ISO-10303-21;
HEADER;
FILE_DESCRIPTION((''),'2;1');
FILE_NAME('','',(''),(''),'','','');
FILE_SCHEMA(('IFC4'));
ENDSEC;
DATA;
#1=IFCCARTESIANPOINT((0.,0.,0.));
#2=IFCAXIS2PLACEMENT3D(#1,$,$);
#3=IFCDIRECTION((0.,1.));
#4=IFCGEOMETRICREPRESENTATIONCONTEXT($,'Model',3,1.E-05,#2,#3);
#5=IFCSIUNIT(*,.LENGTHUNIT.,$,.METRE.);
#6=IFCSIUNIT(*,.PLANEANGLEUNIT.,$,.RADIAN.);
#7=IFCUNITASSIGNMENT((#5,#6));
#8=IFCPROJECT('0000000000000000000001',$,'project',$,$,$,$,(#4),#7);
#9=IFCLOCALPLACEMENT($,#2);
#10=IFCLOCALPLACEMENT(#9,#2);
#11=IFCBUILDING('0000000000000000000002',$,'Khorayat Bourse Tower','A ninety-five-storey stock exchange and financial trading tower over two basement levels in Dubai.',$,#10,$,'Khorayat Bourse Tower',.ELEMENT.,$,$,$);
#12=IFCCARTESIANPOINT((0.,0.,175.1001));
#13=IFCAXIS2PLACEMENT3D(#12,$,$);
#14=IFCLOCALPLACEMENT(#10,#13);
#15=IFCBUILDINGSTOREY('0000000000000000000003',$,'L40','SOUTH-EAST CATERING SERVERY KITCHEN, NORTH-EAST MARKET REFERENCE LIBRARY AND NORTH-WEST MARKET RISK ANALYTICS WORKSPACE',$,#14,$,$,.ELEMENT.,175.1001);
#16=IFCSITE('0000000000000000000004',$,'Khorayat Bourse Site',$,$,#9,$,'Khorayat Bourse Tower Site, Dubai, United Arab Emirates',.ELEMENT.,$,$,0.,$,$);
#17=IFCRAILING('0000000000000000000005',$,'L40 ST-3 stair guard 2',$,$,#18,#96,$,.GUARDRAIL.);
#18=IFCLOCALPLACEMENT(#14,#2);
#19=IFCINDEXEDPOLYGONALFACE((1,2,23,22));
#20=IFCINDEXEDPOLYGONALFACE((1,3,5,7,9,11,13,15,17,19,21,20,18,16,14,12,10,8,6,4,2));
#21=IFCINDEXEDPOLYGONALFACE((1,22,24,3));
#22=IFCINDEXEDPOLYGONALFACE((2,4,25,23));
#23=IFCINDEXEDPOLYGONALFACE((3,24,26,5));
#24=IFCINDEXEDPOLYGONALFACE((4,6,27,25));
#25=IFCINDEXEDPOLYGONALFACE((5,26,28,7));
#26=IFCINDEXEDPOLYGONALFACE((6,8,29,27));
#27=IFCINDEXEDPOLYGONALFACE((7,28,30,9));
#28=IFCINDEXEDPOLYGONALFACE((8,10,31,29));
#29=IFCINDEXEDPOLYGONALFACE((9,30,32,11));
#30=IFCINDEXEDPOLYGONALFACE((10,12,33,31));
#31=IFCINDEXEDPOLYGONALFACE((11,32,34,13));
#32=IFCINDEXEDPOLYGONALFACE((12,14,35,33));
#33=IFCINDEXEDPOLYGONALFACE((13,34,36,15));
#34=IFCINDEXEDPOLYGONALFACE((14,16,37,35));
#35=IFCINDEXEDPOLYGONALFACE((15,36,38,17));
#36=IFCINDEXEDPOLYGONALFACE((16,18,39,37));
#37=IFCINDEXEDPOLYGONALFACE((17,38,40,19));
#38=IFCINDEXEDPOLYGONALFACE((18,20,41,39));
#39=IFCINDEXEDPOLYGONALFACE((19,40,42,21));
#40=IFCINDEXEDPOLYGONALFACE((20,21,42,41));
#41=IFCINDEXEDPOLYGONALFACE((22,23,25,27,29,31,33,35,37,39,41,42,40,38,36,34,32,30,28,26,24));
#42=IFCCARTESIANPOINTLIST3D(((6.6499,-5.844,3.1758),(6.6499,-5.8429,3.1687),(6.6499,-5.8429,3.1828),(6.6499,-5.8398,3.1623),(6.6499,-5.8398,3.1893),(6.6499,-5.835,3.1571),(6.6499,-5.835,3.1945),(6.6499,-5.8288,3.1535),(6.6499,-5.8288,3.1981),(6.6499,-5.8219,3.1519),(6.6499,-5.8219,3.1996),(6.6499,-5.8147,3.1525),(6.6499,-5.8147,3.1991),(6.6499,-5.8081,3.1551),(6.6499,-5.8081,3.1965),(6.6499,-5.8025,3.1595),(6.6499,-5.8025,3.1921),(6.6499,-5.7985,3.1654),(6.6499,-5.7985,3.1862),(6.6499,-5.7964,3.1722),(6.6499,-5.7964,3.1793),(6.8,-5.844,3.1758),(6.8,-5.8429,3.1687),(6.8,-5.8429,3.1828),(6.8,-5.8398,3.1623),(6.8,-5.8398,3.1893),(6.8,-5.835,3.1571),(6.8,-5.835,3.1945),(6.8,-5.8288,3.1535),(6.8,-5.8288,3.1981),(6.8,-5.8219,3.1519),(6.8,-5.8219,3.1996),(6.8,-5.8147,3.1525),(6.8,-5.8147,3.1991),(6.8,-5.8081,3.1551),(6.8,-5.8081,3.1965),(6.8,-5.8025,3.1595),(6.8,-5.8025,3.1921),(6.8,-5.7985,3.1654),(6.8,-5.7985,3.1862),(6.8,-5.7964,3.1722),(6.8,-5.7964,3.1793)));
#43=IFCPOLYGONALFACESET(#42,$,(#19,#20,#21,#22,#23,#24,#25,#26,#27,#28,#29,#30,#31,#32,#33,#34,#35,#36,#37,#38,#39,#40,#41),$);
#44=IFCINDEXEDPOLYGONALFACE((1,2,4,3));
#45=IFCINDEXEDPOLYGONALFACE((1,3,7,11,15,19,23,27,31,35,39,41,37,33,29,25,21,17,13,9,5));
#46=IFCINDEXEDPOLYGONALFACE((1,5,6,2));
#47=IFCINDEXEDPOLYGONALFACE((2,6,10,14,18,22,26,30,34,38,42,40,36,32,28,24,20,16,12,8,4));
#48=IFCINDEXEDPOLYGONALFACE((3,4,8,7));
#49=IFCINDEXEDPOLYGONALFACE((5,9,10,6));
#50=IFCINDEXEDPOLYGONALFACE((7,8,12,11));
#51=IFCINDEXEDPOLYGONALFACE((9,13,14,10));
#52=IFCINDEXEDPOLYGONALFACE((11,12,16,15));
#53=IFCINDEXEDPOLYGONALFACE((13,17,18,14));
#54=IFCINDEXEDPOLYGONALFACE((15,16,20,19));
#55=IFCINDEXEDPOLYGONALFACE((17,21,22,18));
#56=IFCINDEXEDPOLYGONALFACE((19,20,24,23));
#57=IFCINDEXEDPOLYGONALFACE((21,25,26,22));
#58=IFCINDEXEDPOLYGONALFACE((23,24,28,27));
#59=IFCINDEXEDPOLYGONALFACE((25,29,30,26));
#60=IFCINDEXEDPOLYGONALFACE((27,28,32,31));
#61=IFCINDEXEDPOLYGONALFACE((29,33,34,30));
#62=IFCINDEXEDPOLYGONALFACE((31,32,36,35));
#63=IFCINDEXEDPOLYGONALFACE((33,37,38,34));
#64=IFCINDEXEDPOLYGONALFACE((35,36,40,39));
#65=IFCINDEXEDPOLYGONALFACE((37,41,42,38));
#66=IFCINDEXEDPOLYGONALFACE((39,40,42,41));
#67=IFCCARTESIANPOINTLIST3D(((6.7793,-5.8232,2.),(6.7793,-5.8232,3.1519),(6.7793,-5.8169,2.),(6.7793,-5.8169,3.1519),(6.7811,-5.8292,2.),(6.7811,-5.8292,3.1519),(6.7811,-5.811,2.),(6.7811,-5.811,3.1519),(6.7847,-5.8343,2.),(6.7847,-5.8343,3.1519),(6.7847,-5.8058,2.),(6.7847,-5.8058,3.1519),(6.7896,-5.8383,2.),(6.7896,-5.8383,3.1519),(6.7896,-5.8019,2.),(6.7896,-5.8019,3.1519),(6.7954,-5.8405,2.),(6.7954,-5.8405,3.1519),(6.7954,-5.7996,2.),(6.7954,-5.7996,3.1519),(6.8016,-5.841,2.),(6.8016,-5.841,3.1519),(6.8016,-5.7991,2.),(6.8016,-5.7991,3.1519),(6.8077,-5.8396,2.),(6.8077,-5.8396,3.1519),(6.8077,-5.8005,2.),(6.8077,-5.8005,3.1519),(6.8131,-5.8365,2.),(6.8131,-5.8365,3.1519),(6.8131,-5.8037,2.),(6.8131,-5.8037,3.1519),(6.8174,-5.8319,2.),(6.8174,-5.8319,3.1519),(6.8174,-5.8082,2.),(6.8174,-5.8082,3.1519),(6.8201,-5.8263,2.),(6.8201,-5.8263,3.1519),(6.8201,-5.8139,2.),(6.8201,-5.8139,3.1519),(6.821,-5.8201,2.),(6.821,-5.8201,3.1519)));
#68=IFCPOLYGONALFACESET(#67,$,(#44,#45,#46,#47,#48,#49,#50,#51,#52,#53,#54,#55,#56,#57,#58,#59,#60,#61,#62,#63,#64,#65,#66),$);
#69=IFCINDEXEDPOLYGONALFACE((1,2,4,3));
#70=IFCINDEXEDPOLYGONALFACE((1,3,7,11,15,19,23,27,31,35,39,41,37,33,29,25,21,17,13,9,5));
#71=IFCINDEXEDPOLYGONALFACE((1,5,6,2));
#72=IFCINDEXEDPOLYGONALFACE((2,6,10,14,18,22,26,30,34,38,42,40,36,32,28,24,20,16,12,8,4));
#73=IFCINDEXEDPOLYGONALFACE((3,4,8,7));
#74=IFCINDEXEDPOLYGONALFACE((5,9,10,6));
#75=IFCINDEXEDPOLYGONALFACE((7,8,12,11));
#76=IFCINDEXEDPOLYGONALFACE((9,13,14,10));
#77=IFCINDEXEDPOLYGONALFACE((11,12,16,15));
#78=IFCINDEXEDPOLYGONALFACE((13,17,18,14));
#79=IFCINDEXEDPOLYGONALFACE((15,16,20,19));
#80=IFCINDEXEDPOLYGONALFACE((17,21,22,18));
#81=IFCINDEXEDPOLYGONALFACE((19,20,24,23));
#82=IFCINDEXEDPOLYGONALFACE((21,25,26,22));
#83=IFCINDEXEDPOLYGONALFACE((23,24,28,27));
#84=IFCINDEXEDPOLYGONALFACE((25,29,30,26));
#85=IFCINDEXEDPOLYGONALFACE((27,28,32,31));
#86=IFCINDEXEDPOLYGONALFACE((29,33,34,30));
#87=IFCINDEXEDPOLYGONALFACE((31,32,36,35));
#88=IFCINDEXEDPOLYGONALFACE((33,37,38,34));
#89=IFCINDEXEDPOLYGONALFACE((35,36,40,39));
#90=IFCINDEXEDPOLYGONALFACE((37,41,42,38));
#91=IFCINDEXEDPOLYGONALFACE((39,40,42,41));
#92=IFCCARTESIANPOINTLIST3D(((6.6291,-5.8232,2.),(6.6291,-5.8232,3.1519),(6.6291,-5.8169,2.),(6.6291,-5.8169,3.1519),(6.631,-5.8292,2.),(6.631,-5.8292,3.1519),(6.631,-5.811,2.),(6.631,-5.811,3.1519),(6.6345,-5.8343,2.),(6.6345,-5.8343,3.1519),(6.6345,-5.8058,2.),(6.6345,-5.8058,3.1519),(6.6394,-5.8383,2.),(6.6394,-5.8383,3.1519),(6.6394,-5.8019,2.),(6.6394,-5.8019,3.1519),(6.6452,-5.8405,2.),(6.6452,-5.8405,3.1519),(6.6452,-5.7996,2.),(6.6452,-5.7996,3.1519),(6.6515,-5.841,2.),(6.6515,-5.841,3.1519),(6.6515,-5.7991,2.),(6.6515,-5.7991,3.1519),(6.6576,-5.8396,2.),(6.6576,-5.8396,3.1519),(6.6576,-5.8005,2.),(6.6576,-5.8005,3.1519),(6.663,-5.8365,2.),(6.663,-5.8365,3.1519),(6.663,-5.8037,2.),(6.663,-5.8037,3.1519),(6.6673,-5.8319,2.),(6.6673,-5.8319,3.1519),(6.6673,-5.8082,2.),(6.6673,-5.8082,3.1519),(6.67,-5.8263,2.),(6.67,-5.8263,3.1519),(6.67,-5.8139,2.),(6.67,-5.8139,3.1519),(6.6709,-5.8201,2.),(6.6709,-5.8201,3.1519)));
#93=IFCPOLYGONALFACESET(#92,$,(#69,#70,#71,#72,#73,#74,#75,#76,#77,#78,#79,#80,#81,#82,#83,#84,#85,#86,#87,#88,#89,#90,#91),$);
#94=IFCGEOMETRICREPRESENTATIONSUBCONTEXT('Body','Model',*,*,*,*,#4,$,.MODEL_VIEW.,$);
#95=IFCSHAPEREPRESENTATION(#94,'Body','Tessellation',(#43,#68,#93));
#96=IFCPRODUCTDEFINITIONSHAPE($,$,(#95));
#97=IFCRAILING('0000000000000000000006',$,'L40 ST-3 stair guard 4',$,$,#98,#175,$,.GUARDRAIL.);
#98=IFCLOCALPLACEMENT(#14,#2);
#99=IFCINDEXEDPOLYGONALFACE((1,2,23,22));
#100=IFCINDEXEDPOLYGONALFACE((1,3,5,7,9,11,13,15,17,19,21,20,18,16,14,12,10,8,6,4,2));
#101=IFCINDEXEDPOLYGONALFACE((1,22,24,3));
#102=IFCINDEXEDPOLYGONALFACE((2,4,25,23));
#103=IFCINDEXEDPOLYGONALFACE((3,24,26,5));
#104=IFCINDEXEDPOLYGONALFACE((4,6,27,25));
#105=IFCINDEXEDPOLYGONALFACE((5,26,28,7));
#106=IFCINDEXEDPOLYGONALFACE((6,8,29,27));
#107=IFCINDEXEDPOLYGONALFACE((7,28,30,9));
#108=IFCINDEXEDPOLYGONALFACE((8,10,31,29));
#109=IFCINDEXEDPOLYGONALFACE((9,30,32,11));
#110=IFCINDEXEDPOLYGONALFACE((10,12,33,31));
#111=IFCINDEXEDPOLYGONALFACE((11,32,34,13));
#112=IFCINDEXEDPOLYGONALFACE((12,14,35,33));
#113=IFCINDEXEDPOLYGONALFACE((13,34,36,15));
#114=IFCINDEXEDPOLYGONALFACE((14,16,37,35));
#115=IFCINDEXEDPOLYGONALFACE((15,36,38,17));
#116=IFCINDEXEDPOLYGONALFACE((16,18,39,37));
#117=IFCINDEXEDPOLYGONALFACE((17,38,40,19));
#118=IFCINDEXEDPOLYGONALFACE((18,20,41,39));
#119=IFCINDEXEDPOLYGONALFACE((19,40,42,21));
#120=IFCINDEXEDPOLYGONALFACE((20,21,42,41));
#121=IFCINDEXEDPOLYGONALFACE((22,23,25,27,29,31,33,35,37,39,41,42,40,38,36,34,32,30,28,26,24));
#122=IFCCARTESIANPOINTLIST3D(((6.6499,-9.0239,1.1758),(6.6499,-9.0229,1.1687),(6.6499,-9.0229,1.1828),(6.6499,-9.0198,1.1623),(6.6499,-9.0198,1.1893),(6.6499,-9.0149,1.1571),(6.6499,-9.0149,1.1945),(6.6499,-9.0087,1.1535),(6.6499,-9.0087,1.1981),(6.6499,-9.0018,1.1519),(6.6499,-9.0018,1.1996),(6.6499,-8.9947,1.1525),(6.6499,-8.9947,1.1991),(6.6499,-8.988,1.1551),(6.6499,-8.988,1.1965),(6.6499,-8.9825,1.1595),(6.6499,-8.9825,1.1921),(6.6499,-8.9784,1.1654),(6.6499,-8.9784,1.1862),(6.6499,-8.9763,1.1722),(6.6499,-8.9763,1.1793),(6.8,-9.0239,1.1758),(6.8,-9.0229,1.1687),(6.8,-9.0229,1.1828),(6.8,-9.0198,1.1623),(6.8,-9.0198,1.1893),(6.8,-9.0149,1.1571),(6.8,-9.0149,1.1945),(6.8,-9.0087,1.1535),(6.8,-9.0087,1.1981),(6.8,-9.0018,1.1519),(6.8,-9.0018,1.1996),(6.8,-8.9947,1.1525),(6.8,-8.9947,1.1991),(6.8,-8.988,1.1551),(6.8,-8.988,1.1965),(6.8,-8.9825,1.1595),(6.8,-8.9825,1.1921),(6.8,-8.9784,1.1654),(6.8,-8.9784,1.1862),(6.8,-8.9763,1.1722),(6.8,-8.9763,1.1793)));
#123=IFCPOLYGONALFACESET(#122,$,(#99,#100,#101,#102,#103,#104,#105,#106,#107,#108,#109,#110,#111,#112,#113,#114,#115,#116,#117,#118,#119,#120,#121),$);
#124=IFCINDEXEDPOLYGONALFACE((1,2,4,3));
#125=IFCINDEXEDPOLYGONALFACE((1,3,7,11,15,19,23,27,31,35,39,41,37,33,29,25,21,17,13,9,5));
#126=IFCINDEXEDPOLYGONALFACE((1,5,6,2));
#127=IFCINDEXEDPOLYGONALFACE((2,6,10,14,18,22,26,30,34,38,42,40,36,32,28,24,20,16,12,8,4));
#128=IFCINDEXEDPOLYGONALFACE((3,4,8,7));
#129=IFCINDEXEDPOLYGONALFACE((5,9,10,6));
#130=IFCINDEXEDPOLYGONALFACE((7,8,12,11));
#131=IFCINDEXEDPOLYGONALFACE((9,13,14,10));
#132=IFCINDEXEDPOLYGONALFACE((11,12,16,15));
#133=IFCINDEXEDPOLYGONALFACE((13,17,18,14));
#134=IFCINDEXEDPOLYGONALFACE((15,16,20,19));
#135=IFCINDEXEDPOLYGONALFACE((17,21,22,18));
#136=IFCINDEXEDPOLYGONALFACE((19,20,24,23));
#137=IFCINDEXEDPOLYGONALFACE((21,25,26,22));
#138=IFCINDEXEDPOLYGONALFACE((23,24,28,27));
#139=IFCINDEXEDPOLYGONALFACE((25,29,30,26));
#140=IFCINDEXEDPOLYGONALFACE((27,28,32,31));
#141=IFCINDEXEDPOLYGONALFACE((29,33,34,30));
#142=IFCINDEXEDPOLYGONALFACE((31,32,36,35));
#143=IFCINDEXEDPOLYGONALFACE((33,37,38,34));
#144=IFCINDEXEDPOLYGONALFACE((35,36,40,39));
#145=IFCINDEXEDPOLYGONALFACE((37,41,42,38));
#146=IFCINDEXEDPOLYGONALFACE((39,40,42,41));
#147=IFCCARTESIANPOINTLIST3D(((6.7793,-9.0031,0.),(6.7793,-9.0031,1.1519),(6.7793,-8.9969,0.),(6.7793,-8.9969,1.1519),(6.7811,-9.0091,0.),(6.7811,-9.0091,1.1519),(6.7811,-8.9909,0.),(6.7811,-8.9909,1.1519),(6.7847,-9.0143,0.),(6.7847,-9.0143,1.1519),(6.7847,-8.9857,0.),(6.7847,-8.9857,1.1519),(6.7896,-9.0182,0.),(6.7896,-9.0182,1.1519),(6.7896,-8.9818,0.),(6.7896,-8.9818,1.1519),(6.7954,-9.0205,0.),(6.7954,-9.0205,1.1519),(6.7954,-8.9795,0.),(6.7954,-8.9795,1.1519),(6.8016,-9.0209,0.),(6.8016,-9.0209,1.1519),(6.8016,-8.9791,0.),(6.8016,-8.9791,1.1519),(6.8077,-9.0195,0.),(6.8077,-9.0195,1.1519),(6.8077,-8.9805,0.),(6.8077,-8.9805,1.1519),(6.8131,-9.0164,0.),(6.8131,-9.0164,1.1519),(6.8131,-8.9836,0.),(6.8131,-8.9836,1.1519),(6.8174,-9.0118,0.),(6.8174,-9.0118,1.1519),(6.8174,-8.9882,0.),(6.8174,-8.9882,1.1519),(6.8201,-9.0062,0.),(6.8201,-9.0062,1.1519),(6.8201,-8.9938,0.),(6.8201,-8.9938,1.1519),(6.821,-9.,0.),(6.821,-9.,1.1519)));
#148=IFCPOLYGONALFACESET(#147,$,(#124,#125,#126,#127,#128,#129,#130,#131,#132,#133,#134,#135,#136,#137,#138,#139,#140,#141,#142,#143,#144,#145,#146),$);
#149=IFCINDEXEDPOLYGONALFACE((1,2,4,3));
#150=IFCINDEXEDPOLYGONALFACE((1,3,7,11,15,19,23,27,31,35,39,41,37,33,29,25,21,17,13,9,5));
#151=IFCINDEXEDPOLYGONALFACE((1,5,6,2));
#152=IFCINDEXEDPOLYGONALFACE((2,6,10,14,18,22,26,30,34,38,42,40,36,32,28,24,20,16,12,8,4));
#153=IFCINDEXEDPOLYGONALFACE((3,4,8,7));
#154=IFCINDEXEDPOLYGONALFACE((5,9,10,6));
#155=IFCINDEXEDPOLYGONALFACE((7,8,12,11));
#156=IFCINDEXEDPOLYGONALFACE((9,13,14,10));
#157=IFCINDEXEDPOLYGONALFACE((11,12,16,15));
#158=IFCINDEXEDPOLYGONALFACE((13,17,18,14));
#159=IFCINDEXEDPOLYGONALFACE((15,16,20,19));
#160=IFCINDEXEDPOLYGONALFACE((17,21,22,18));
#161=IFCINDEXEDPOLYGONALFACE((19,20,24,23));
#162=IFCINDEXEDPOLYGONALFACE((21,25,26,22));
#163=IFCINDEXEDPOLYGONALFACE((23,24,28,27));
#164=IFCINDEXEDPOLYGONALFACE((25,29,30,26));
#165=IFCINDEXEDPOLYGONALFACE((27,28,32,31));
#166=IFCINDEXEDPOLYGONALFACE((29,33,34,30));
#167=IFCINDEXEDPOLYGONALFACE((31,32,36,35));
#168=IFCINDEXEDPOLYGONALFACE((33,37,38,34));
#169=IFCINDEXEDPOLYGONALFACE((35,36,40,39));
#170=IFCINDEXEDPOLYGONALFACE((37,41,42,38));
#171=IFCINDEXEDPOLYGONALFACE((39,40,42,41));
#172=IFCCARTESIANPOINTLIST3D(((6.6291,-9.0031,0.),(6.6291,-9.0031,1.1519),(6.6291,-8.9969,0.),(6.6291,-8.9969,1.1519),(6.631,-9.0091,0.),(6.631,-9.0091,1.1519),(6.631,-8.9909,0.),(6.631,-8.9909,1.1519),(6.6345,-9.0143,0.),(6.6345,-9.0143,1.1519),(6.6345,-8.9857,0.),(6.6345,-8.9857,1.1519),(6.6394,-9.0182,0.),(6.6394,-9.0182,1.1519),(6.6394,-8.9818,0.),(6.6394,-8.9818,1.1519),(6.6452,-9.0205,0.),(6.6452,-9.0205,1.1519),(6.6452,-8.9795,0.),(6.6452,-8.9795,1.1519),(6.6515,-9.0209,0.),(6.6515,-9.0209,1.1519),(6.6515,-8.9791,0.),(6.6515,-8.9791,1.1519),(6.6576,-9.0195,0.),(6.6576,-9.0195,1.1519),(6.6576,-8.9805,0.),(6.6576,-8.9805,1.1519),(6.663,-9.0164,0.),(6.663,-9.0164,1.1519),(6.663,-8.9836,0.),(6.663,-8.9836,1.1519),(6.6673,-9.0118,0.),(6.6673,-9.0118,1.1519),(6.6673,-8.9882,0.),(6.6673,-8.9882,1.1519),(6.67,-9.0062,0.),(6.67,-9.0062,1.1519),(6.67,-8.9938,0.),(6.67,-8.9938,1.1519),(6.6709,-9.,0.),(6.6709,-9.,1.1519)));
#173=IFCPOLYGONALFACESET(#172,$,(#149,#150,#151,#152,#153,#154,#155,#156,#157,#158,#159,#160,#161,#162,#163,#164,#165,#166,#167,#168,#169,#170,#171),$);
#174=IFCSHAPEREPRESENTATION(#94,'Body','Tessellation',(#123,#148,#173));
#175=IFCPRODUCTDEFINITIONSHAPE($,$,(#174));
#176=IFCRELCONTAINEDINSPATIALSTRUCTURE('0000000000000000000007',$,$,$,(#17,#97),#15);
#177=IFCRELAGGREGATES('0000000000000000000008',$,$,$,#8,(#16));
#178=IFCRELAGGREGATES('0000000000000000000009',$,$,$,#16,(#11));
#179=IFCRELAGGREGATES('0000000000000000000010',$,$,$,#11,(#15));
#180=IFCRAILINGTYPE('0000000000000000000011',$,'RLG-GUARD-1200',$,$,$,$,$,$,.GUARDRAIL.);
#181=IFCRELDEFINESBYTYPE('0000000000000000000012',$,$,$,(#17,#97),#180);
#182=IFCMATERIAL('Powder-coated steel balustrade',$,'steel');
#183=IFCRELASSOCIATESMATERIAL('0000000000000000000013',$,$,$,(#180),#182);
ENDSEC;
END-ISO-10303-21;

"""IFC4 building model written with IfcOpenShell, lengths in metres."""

from ifc_helpers import new_model, si_unit, direction, frame, origin, origin_2d, place, context, subcontext, project, spatial, circle, extrude, source, transform, mapped, material, type_object, element, save


model = new_model("IFC4")

# Units and contexts
model_context = context("Model", 3, precision=1e-05, world=origin(), true_north=direction((0.0, 1.0)))
body_context = subcontext(model_context, "Body", "Model", "MODEL_VIEW")
ifc_project = project(units=[si_unit("LENGTHUNIT", "METRE"), si_unit("PLANEANGLEUNIT", "RADIAN")], contexts=[model_context])

# Site, building, storey
site_placement = place(None, origin())
site = spatial("IfcSite", under=ifc_project, at=site_placement, Name="Khorayat Bourse Site", LongName="Khorayat Bourse Tower Site, Dubai, United Arab Emirates", CompositionType="ELEMENT", RefElevation=0.0)
building_placement = place(site_placement, origin())
building = spatial("IfcBuilding", under=site, at=building_placement, Name="Khorayat Bourse Tower", Description="A ninety-five-storey stock exchange and financial trading tower over two basement levels in Dubai.", LongName="Khorayat Bourse Tower", CompositionType="ELEMENT")
storey_placement = place(building_placement, frame((0.0, 0.0, 175.1001)))
storey = spatial("IfcBuildingStorey", under=building, at=storey_placement, Name="L40", Description="SOUTH-EAST CATERING SERVERY KITCHEN, NORTH-EAST MARKET REFERENCE LIBRARY AND NORTH-WEST MARKET RISK ANALYTICS WORKSPACE", CompositionType="ELEMENT", Elevation=175.1001)

# Railings
ifc_material_1 = material(Name="Powder-coated steel balustrade", Category="steel")
railing_type_1 = type_object("IfcRailingType", Name="RLG-GUARD-1200", PredefinedType="GUARDRAIL", material=ifc_material_1)
shared_shape_1 = source(origin(), body_context, "Body", "SweptSolid", [
    extrude(circle(Radius=0.0239, at=origin_2d()), frame((0.0, 0.0, 1.1758), z_axis=(-1.0, 0.0, 0.0), x_axis=(0.0, -1.0, 0.0)), (0.0, 0.0, 1.0), 0.1501),
    extrude(circle(Radius=0.021, at=origin_2d()), origin(), (0.0, 0.0, 1.0), 1.1519),
    extrude(circle(Radius=0.021, at=origin_2d()), frame((-0.1501, 0.0, 0.0)), (0.0, 0.0, 1.0), 1.1519),
])
for number, where, name in (
    (1, (6.8, -5.8201, 2.0), "L40 ST-3 stair guard 2"),
    (2, (6.8, -9.0, 0.0), "L40 ST-3 stair guard 4"),
):
    element("IfcRailing", number, at=place(storey_placement, frame(where)), inside=storey, type_object=railing_type_1, Name=name, PredefinedType="GUARDRAIL", context=body_context, shape_type="MappedRepresentation", body=[
        mapped(shared_shape_1, transform((0.0, 0.0, 0.0), scale=1.0)),
    ])

save(model, "model.ifc")
